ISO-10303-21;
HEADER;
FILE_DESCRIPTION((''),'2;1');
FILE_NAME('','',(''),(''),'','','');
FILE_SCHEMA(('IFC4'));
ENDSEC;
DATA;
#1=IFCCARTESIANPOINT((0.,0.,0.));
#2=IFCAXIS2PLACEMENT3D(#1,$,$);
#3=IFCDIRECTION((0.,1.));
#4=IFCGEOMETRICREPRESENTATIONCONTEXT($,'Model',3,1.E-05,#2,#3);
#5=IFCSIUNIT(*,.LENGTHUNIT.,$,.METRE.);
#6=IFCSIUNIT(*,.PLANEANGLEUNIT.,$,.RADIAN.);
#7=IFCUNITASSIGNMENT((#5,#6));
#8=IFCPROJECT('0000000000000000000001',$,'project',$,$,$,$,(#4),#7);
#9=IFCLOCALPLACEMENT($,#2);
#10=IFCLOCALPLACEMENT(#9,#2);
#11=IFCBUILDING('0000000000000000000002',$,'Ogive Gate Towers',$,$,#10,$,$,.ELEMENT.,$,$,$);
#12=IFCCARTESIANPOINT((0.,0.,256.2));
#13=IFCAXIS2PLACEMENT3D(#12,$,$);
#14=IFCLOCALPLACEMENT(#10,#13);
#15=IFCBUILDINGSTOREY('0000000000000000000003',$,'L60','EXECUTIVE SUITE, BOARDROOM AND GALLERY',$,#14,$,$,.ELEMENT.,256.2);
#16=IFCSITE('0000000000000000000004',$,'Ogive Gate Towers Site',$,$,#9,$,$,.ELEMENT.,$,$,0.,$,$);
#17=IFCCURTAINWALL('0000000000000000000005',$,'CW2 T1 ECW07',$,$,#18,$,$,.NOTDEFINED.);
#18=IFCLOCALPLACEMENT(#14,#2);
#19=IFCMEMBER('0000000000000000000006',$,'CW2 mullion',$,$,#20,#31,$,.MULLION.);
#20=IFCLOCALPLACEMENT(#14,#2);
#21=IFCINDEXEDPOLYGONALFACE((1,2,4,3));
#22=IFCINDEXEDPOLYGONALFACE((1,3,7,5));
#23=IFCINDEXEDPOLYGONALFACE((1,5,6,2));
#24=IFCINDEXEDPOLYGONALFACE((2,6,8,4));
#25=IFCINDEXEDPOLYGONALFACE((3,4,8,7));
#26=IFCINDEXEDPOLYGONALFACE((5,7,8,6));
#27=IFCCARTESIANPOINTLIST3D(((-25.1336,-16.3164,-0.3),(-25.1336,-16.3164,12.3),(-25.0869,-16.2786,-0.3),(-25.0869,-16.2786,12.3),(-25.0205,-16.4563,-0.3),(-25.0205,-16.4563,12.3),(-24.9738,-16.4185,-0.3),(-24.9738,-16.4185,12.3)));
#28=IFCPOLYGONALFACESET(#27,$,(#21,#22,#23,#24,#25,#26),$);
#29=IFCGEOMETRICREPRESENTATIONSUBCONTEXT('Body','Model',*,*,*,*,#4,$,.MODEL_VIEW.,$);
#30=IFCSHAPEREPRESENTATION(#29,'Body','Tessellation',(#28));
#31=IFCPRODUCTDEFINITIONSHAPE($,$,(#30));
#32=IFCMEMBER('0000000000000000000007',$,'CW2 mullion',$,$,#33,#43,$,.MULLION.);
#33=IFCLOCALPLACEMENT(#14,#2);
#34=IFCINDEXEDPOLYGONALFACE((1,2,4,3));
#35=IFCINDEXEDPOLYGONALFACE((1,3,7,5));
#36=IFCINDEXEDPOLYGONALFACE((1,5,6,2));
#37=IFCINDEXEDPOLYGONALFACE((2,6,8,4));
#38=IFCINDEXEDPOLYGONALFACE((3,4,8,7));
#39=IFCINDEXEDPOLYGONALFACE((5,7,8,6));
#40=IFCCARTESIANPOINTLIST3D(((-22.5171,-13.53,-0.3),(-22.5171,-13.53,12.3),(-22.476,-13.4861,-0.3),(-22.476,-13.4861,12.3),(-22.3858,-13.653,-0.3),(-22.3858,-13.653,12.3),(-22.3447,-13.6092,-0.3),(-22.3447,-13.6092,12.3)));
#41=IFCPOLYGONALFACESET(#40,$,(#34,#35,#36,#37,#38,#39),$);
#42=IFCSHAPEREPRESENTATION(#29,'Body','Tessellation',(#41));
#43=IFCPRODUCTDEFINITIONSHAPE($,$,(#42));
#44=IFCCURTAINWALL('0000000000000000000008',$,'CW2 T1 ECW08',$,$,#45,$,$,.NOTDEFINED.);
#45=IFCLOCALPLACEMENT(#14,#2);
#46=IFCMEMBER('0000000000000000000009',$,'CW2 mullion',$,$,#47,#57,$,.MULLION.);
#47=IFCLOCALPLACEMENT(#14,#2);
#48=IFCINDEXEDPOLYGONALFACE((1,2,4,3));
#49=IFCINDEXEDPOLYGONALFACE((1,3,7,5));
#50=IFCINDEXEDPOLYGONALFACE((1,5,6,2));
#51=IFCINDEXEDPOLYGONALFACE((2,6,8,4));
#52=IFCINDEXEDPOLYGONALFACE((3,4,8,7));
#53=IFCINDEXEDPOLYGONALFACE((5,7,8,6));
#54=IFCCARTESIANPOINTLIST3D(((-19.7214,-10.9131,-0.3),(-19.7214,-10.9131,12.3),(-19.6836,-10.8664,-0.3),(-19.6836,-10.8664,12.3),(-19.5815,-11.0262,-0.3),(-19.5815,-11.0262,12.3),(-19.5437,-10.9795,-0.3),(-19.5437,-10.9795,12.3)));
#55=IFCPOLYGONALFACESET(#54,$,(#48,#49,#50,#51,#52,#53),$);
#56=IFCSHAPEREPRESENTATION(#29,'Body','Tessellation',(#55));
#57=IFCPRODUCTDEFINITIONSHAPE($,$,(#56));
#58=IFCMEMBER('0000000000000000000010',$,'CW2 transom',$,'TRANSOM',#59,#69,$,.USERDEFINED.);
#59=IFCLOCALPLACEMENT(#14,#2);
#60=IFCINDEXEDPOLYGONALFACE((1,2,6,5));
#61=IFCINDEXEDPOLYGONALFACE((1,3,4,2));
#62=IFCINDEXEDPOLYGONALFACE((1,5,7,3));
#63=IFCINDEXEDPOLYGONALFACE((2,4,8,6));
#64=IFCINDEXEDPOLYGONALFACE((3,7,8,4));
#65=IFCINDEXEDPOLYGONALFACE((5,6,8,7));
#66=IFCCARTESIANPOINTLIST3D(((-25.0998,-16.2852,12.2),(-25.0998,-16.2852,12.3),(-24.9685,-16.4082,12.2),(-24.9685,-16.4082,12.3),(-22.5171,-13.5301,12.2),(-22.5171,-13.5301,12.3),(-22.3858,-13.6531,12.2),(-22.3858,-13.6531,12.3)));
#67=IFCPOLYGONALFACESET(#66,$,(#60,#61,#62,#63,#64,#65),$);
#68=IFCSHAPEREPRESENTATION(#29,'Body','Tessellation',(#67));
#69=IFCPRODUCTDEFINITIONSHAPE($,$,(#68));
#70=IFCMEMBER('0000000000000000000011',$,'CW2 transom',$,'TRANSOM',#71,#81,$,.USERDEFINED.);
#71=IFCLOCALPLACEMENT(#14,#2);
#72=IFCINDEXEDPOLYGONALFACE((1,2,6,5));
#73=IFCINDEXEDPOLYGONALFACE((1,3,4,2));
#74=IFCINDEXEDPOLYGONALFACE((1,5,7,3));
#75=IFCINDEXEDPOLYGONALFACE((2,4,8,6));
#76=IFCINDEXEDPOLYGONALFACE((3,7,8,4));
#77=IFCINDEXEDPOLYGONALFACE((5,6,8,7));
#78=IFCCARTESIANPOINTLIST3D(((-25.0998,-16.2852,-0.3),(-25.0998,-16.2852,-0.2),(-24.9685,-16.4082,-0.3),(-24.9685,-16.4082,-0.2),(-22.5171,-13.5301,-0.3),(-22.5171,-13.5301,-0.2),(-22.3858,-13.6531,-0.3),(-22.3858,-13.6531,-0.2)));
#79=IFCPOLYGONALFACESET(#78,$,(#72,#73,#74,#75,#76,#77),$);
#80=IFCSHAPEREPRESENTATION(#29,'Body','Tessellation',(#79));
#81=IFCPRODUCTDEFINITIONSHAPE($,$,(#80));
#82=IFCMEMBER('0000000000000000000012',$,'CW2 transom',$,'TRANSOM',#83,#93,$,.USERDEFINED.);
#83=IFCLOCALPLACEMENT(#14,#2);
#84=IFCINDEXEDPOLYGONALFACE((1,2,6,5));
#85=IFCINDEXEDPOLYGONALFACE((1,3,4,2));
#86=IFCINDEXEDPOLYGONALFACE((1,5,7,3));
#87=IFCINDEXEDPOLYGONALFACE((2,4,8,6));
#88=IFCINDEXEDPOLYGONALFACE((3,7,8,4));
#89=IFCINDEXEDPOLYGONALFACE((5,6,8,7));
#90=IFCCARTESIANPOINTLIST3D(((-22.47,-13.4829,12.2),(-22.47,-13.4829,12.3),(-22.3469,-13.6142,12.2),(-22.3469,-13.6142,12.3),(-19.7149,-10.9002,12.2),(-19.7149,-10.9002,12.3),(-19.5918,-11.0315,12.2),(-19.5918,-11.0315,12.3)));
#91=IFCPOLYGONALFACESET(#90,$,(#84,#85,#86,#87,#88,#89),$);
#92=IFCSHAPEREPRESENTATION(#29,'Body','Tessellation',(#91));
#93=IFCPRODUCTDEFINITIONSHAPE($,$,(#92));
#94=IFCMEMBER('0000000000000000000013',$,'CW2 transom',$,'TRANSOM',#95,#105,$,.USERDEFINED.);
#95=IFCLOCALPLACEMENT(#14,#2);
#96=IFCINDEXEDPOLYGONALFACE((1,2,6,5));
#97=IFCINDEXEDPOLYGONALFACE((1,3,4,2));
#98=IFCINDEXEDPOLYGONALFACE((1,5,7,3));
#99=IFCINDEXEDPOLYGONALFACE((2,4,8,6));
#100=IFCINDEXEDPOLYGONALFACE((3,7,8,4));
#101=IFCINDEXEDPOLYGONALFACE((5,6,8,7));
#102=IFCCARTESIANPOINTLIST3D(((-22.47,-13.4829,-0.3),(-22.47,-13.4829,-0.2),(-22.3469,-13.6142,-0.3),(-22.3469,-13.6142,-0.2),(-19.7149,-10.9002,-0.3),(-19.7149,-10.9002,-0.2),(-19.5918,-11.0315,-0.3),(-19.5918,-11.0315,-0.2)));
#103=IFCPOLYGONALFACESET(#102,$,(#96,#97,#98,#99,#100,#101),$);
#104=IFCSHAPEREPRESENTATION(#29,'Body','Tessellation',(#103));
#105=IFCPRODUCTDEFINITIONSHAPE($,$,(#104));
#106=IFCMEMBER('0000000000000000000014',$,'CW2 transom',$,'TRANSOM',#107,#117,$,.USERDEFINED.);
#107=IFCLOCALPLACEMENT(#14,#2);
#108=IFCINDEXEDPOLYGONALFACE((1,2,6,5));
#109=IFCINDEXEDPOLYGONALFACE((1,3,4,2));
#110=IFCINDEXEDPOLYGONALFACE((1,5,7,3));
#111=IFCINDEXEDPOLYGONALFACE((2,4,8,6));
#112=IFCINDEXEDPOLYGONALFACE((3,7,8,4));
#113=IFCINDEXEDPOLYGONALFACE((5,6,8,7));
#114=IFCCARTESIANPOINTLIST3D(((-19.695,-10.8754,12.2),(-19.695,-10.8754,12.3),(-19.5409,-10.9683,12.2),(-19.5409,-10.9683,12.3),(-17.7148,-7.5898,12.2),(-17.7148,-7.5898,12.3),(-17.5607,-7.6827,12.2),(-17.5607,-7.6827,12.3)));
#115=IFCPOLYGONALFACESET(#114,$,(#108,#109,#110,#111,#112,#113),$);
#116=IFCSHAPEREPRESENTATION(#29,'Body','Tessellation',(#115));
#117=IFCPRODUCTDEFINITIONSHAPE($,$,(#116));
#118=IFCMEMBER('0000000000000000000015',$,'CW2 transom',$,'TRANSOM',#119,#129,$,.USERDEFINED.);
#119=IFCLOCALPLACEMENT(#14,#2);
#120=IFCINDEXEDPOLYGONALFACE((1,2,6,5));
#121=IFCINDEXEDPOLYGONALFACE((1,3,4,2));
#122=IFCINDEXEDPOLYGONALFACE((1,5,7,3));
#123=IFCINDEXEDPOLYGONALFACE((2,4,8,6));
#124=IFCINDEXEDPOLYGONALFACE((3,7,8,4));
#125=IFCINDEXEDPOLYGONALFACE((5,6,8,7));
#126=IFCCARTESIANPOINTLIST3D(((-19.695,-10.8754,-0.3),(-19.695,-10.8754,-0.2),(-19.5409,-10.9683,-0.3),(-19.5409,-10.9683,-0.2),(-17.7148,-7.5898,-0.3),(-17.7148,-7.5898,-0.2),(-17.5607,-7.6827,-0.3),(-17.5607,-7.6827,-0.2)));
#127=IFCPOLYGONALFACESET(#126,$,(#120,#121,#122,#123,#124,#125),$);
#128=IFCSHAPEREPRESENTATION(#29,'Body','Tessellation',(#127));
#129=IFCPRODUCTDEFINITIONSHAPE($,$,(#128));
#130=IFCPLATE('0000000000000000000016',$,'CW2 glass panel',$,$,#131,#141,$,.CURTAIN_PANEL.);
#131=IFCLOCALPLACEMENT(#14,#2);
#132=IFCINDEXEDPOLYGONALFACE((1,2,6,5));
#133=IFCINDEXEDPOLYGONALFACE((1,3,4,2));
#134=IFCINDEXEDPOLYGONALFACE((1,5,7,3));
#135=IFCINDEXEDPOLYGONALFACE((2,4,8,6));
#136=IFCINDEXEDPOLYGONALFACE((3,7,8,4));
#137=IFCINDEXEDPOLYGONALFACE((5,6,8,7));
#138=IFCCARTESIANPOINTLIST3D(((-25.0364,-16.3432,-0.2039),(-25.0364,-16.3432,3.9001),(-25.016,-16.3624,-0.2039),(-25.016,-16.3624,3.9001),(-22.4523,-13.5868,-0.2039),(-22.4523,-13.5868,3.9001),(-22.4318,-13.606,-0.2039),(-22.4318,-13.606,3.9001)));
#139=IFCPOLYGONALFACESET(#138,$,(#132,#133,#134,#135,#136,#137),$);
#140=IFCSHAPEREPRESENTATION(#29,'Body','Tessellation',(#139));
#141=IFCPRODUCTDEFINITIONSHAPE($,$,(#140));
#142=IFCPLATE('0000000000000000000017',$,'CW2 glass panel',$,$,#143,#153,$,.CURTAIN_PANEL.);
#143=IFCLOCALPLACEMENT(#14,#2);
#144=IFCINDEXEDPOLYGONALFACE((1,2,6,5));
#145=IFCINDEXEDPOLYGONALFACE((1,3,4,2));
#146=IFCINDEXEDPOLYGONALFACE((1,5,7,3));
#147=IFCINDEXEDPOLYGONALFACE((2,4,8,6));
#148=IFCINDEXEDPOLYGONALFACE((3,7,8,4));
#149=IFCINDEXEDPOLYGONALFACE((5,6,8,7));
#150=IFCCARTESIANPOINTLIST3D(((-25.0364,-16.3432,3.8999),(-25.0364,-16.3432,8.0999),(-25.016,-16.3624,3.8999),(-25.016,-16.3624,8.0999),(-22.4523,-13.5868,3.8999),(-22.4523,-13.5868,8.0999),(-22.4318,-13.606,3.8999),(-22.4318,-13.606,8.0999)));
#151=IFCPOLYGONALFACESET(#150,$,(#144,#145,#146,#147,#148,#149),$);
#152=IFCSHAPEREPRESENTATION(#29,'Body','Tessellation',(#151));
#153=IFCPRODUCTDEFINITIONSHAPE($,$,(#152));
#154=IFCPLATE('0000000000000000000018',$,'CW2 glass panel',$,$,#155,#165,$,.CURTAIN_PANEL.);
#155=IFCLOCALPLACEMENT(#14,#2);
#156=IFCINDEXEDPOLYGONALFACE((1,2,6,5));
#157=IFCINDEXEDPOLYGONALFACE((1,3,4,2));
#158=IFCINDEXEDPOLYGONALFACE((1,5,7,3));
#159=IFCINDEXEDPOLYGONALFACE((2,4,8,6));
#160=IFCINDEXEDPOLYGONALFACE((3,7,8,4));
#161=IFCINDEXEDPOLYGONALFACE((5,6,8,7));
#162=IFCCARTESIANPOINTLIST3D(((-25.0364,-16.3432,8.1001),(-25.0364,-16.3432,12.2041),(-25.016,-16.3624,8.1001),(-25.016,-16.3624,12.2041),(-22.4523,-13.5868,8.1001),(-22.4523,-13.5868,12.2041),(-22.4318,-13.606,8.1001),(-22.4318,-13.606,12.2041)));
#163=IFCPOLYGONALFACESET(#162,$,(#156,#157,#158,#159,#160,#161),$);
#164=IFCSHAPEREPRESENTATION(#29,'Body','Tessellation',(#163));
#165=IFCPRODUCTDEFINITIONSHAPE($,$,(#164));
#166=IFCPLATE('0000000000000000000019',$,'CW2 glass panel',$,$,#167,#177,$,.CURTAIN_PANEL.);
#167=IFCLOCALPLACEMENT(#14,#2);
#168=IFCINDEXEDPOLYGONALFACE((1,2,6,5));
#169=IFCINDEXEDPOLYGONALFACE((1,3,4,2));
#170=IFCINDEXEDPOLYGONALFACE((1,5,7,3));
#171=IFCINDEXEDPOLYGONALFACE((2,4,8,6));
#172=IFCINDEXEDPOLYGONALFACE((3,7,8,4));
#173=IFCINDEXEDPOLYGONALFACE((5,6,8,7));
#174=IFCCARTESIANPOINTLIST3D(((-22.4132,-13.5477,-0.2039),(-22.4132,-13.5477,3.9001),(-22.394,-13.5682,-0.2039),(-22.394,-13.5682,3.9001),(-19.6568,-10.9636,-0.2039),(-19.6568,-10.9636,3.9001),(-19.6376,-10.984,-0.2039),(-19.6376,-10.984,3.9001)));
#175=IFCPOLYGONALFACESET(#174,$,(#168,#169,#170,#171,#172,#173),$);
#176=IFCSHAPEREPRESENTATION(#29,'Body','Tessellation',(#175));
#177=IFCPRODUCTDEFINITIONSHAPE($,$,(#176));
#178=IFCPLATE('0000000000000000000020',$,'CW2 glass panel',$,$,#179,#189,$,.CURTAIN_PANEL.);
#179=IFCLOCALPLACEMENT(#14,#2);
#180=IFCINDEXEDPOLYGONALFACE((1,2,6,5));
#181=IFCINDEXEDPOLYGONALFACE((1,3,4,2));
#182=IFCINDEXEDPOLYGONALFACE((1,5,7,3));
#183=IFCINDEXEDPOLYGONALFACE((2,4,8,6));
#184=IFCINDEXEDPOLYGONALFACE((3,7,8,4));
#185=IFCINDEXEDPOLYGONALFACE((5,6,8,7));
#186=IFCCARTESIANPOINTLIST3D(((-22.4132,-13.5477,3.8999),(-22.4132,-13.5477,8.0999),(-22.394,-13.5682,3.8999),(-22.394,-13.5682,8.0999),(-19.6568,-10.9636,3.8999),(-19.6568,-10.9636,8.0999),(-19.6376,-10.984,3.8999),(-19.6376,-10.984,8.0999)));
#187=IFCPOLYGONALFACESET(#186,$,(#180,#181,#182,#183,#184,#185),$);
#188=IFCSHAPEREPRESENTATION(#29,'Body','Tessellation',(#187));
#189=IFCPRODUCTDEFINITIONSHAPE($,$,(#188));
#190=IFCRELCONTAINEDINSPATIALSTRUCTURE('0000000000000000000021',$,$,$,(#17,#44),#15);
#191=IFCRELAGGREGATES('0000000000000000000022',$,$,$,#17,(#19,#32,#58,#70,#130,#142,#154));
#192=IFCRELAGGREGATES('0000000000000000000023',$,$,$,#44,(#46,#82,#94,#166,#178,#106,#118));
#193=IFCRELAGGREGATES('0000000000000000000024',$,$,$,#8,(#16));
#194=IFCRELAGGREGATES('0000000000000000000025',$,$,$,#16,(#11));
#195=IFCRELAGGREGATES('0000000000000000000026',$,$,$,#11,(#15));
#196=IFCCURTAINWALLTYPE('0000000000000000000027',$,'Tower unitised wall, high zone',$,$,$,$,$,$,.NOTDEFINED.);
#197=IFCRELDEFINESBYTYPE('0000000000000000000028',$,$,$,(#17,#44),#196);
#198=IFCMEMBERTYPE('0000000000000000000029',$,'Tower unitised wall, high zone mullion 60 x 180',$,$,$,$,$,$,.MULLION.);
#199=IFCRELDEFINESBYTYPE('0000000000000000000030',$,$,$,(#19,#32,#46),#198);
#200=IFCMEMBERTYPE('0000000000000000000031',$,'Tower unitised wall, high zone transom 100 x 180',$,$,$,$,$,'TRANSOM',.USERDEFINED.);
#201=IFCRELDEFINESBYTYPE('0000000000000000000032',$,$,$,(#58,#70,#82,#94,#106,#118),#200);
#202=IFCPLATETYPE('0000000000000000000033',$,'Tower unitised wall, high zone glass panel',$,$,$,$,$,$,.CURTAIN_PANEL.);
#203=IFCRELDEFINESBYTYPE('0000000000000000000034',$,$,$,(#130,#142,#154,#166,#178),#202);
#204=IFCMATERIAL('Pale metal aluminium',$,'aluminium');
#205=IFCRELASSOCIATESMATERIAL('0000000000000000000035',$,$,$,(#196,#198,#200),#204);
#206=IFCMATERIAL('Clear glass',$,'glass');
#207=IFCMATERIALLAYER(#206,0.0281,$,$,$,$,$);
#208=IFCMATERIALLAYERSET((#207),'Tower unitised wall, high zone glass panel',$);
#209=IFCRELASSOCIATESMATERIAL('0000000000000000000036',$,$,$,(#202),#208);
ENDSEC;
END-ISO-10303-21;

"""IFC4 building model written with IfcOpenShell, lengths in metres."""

from ifc_helpers import new_model, si_unit, direction, frame, origin, origin_2d, place, context, subcontext, project, spatial, rectangle, extrude, material, layer, layer_set, material_profile, profile_set, type_object, element, aggregate, save


model = new_model("IFC4")

# Units and contexts
model_context = context("Model", 3, precision=1e-05, world=origin(), true_north=direction((0.0, 1.0)))
body_context = subcontext(model_context, "Body", "Model", "MODEL_VIEW")
ifc_project = project(units=[si_unit("LENGTHUNIT", "METRE"), si_unit("PLANEANGLEUNIT", "RADIAN")], contexts=[model_context])

# Site, building, storey
site_placement = place(None, origin())
site = spatial("IfcSite", under=ifc_project, at=site_placement, Name="Ogive Gate Towers Site", CompositionType="ELEMENT", RefElevation=0.0)
building_placement = place(site_placement, origin())
building = spatial("IfcBuilding", under=site, at=building_placement, Name="Ogive Gate Towers", CompositionType="ELEMENT")
storey_placement = place(building_placement, frame((0.0, 0.0, 256.2)))
storey = spatial("IfcBuildingStorey", under=building, at=storey_placement, Name="L60", Description="EXECUTIVE SUITE, BOARDROOM AND GALLERY", CompositionType="ELEMENT", Elevation=256.2)

# Curtain wall, members
ifc_material_1 = material(Name="Pale metal aluminium", Category="aluminium")
curtain_wall_type = type_object("IfcCurtainWallType", Name="Tower unitised wall, high zone", PredefinedType="NOTDEFINED", material=ifc_material_1)
curtain_wall_1_placement = place(storey_placement, origin())
curtain_wall_1 = element("IfcCurtainWall", 1, at=curtain_wall_1_placement, inside=storey, type_object=curtain_wall_type, Name="CW2 T1 ECW07", PredefinedType="NOTDEFINED")
ifc_material_profile_1 = material_profile(ifc_material_1, rectangle(XDim=0.1799, YDim=0.0601, at=origin_2d()), Name="60 x 180 aluminium box")
ifc_profile_set_1 = profile_set([ifc_material_profile_1], Name="Pale metal aluminium")
member_type_1 = type_object("IfcMemberType", Name="Tower unitised wall, high zone mullion 60 x 180", PredefinedType="MULLION", material=ifc_profile_set_1)
member_1_placement = place(storey_placement, frame((-25.0537, -16.3674, -0.3), z_axis=(0.0, 0.0, 1.0), x_axis=(0.628791, -0.777574, 0.0)))
member_1 = element("IfcMember", 2, at=member_1_placement, type_object=member_type_1, Name="CW2 mullion", PredefinedType="MULLION", context=body_context, shape_type="SweptSolid", body=[
    extrude(rectangle(XDim=0.1799, YDim=0.0601, at=origin_2d()), origin(), (0.0, 0.0, 1.0), 12.6001),
])
member_2_placement = place(storey_placement, frame((-22.4309, -13.5696, -0.3), z_axis=(0.0, 0.0, 1.0), x_axis=(0.729542, -0.683936, 0.0)))
member_2 = element("IfcMember", 3, at=member_2_placement, type_object=member_type_1, Name="CW2 mullion", PredefinedType="MULLION", context=body_context, shape_type="SweptSolid", body=[
    extrude(rectangle(XDim=0.1799, YDim=0.0601, at=origin_2d()), origin(), (0.0, 0.0, 1.0), 12.6001),
])

# Curtain wall, member
curtain_wall_2_placement = place(storey_placement, origin())
curtain_wall_2 = element("IfcCurtainWall", 4, at=curtain_wall_2_placement, inside=storey, type_object=curtain_wall_type, Name="CW2 T1 ECW08", PredefinedType="NOTDEFINED")
member_3_placement = place(storey_placement, frame((-19.6326, -10.9463, -0.3), z_axis=(0.0, 0.0, 1.0), x_axis=(0.777574, -0.628791, 0.0)))
member_3 = element("IfcMember", 5, at=member_3_placement, type_object=member_type_1, Name="CW2 mullion", PredefinedType="MULLION", context=body_context, shape_type="SweptSolid", body=[
    extrude(rectangle(XDim=0.1799, YDim=0.0601, at=origin_2d()), origin(), (0.0, 0.0, 1.0), 12.6001),
])

# Members
ifc_material_profile_2 = material_profile(ifc_material_1, rectangle(XDim=0.1799, YDim=0.1001, at=origin_2d()), Name="100 x 180 aluminium box")
ifc_profile_set_2 = profile_set([ifc_material_profile_2], Name="Pale metal aluminium")
member_type_2 = type_object("IfcMemberType", Name="Tower unitised wall, high zone transom 100 x 180", ElementType="TRANSOM", PredefinedType="USERDEFINED", material=ifc_profile_set_2)
member_4_placement = place(storey_placement, frame((-25.0342, -16.3467, 12.25), z_axis=(0.683917, 0.729559, 0.0), x_axis=(-0.729559, 0.683917, 0.0)))
member_4 = element("IfcMember", 6, at=member_4_placement, type_object=member_type_2, Name="CW2 transom", ObjectType="TRANSOM", PredefinedType="USERDEFINED", context=body_context, shape_type="SweptSolid", body=[
    extrude(rectangle(XDim=0.1799, YDim=0.1001, at=origin_2d()), origin(), (0.0, 0.0, 1.0), 3.7764),
])
member_5_placement = place(storey_placement, frame((-25.0342, -16.3467, -0.25), z_axis=(0.683917, 0.729559, 0.0), x_axis=(-0.729559, 0.683917, 0.0)))
member_5 = element("IfcMember", 7, at=member_5_placement, type_object=member_type_2, Name="CW2 transom", ObjectType="TRANSOM", PredefinedType="USERDEFINED", context=body_context, shape_type="SweptSolid", body=[
    extrude(rectangle(XDim=0.1799, YDim=0.1001, at=origin_2d()), origin(), (0.0, 0.0, 1.0), 3.7764),
])
member_6_placement = place(storey_placement, frame((-22.4084, -13.5486, 12.25), z_axis=(0.729559, 0.683917, 0.0), x_axis=(-0.683917, 0.729559, 0.0)))
member_6 = element("IfcMember", 8, at=member_6_placement, type_object=member_type_2, Name="CW2 transom", ObjectType="TRANSOM", PredefinedType="USERDEFINED", context=body_context, shape_type="SweptSolid", body=[
    extrude(rectangle(XDim=0.1799, YDim=0.1001, at=origin_2d()), origin(), (0.0, 0.0, 1.0), 3.7764),
])
member_7_placement = place(storey_placement, frame((-22.4084, -13.5486, -0.25), z_axis=(0.729559, 0.683917, 0.0), x_axis=(-0.683917, 0.729559, 0.0)))
member_7 = element("IfcMember", 9, at=member_7_placement, type_object=member_type_2, Name="CW2 transom", ObjectType="TRANSOM", PredefinedType="USERDEFINED", context=body_context, shape_type="SweptSolid", body=[
    extrude(rectangle(XDim=0.1799, YDim=0.1001, at=origin_2d()), origin(), (0.0, 0.0, 1.0), 3.7764),
])
member_8_placement = place(storey_placement, frame((-19.6179, -10.9219, 12.25), z_axis=(0.516189, 0.856475, 0.0), x_axis=(-0.856475, 0.516189, 0.0)))
member_8 = element("IfcMember", 10, at=member_8_placement, type_object=member_type_2, Name="CW2 transom", ObjectType="TRANSOM", PredefinedType="USERDEFINED", context=body_context, shape_type="SweptSolid", body=[
    extrude(rectangle(XDim=0.1799, YDim=0.1001, at=origin_2d()), origin(), (0.0, 0.0, 1.0), 3.8362),
])
member_9_placement = place(storey_placement, frame((-19.6179, -10.9219, -0.25), z_axis=(0.516189, 0.856475, 0.0), x_axis=(-0.856475, 0.516189, 0.0)))
member_9 = element("IfcMember", 11, at=member_9_placement, type_object=member_type_2, Name="CW2 transom", ObjectType="TRANSOM", PredefinedType="USERDEFINED", context=body_context, shape_type="SweptSolid", body=[
    extrude(rectangle(XDim=0.1799, YDim=0.1001, at=origin_2d()), origin(), (0.0, 0.0, 1.0), 3.8362),
])

# Plates
ifc_material_2 = material(Name="Clear glass", Category="glass")
ifc_layer_1 = layer(ifc_material_2, 0.0281)
ifc_layer_set_1 = layer_set([ifc_layer_1], Name="Tower unitised wall, high zone glass panel")
plate_type = type_object("IfcPlateType", Name="Tower unitised wall, high zone glass panel", PredefinedType="CURTAIN_PANEL", material=ifc_layer_set_1)
plate_1_placement = place(storey_placement, frame((-23.7341, -14.9746, -0.2039), z_axis=(0.0, 0.0, 1.0), x_axis=(0.683936, 0.729542, 0.0)))
plate_1 = element("IfcPlate", 12, at=plate_1_placement, type_object=plate_type, Name="CW2 glass panel", PredefinedType="CURTAIN_PANEL", context=body_context, shape_type="SweptSolid", body=[
    extrude(rectangle(XDim=3.7783, YDim=0.0281, at=origin_2d()), origin(), (0.0, 0.0, 1.0), 4.104),
])
plate_2_placement = place(storey_placement, frame((-23.7341, -14.9746, 3.8999), z_axis=(0.0, 0.0, 1.0), x_axis=(0.683936, 0.729542, 0.0)))
plate_2 = element("IfcPlate", 13, at=plate_2_placement, type_object=plate_type, Name="CW2 glass panel", PredefinedType="CURTAIN_PANEL", context=body_context, shape_type="SweptSolid", body=[
    extrude(rectangle(XDim=3.7783, YDim=0.0281, at=origin_2d()), origin(), (0.0, 0.0, 1.0), 4.2),
])
plate_3_placement = place(storey_placement, frame((-23.7341, -14.9746, 8.1001), z_axis=(0.0, 0.0, 1.0), x_axis=(0.683936, 0.729542, 0.0)))
plate_3 = element("IfcPlate", 14, at=plate_3_placement, type_object=plate_type, Name="CW2 glass panel", PredefinedType="CURTAIN_PANEL", context=body_context, shape_type="SweptSolid", body=[
    extrude(rectangle(XDim=3.7783, YDim=0.0281, at=origin_2d()), origin(), (0.0, 0.0, 1.0), 4.104),
])
aggregate(curtain_wall_1, [member_1, member_2, member_4, member_5, plate_1, plate_2, plate_3])
plate_4_placement = place(storey_placement, frame((-21.0254, -12.2659, -0.2039), z_axis=(0.0, 0.0, 1.0), x_axis=(0.729542, 0.683936, 0.0)))
plate_4 = element("IfcPlate", 15, at=plate_4_placement, type_object=plate_type, Name="CW2 glass panel", PredefinedType="CURTAIN_PANEL", context=body_context, shape_type="SweptSolid", body=[
    extrude(rectangle(XDim=3.7783, YDim=0.0281, at=origin_2d()), origin(), (0.0, 0.0, 1.0), 4.104),
])
plate_5_placement = place(storey_placement, frame((-21.0254, -12.2659, 3.8999), z_axis=(0.0, 0.0, 1.0), x_axis=(0.729542, 0.683936, 0.0)))
plate_5 = element("IfcPlate", 16, at=plate_5_placement, type_object=plate_type, Name="CW2 glass panel", PredefinedType="CURTAIN_PANEL", context=body_context, shape_type="SweptSolid", body=[
    extrude(rectangle(XDim=3.7783, YDim=0.0281, at=origin_2d()), origin(), (0.0, 0.0, 1.0), 4.2),
])
aggregate(curtain_wall_2, [member_3, member_6, member_7, plate_4, plate_5, member_8, member_9])

save(model, "model.ifc")
